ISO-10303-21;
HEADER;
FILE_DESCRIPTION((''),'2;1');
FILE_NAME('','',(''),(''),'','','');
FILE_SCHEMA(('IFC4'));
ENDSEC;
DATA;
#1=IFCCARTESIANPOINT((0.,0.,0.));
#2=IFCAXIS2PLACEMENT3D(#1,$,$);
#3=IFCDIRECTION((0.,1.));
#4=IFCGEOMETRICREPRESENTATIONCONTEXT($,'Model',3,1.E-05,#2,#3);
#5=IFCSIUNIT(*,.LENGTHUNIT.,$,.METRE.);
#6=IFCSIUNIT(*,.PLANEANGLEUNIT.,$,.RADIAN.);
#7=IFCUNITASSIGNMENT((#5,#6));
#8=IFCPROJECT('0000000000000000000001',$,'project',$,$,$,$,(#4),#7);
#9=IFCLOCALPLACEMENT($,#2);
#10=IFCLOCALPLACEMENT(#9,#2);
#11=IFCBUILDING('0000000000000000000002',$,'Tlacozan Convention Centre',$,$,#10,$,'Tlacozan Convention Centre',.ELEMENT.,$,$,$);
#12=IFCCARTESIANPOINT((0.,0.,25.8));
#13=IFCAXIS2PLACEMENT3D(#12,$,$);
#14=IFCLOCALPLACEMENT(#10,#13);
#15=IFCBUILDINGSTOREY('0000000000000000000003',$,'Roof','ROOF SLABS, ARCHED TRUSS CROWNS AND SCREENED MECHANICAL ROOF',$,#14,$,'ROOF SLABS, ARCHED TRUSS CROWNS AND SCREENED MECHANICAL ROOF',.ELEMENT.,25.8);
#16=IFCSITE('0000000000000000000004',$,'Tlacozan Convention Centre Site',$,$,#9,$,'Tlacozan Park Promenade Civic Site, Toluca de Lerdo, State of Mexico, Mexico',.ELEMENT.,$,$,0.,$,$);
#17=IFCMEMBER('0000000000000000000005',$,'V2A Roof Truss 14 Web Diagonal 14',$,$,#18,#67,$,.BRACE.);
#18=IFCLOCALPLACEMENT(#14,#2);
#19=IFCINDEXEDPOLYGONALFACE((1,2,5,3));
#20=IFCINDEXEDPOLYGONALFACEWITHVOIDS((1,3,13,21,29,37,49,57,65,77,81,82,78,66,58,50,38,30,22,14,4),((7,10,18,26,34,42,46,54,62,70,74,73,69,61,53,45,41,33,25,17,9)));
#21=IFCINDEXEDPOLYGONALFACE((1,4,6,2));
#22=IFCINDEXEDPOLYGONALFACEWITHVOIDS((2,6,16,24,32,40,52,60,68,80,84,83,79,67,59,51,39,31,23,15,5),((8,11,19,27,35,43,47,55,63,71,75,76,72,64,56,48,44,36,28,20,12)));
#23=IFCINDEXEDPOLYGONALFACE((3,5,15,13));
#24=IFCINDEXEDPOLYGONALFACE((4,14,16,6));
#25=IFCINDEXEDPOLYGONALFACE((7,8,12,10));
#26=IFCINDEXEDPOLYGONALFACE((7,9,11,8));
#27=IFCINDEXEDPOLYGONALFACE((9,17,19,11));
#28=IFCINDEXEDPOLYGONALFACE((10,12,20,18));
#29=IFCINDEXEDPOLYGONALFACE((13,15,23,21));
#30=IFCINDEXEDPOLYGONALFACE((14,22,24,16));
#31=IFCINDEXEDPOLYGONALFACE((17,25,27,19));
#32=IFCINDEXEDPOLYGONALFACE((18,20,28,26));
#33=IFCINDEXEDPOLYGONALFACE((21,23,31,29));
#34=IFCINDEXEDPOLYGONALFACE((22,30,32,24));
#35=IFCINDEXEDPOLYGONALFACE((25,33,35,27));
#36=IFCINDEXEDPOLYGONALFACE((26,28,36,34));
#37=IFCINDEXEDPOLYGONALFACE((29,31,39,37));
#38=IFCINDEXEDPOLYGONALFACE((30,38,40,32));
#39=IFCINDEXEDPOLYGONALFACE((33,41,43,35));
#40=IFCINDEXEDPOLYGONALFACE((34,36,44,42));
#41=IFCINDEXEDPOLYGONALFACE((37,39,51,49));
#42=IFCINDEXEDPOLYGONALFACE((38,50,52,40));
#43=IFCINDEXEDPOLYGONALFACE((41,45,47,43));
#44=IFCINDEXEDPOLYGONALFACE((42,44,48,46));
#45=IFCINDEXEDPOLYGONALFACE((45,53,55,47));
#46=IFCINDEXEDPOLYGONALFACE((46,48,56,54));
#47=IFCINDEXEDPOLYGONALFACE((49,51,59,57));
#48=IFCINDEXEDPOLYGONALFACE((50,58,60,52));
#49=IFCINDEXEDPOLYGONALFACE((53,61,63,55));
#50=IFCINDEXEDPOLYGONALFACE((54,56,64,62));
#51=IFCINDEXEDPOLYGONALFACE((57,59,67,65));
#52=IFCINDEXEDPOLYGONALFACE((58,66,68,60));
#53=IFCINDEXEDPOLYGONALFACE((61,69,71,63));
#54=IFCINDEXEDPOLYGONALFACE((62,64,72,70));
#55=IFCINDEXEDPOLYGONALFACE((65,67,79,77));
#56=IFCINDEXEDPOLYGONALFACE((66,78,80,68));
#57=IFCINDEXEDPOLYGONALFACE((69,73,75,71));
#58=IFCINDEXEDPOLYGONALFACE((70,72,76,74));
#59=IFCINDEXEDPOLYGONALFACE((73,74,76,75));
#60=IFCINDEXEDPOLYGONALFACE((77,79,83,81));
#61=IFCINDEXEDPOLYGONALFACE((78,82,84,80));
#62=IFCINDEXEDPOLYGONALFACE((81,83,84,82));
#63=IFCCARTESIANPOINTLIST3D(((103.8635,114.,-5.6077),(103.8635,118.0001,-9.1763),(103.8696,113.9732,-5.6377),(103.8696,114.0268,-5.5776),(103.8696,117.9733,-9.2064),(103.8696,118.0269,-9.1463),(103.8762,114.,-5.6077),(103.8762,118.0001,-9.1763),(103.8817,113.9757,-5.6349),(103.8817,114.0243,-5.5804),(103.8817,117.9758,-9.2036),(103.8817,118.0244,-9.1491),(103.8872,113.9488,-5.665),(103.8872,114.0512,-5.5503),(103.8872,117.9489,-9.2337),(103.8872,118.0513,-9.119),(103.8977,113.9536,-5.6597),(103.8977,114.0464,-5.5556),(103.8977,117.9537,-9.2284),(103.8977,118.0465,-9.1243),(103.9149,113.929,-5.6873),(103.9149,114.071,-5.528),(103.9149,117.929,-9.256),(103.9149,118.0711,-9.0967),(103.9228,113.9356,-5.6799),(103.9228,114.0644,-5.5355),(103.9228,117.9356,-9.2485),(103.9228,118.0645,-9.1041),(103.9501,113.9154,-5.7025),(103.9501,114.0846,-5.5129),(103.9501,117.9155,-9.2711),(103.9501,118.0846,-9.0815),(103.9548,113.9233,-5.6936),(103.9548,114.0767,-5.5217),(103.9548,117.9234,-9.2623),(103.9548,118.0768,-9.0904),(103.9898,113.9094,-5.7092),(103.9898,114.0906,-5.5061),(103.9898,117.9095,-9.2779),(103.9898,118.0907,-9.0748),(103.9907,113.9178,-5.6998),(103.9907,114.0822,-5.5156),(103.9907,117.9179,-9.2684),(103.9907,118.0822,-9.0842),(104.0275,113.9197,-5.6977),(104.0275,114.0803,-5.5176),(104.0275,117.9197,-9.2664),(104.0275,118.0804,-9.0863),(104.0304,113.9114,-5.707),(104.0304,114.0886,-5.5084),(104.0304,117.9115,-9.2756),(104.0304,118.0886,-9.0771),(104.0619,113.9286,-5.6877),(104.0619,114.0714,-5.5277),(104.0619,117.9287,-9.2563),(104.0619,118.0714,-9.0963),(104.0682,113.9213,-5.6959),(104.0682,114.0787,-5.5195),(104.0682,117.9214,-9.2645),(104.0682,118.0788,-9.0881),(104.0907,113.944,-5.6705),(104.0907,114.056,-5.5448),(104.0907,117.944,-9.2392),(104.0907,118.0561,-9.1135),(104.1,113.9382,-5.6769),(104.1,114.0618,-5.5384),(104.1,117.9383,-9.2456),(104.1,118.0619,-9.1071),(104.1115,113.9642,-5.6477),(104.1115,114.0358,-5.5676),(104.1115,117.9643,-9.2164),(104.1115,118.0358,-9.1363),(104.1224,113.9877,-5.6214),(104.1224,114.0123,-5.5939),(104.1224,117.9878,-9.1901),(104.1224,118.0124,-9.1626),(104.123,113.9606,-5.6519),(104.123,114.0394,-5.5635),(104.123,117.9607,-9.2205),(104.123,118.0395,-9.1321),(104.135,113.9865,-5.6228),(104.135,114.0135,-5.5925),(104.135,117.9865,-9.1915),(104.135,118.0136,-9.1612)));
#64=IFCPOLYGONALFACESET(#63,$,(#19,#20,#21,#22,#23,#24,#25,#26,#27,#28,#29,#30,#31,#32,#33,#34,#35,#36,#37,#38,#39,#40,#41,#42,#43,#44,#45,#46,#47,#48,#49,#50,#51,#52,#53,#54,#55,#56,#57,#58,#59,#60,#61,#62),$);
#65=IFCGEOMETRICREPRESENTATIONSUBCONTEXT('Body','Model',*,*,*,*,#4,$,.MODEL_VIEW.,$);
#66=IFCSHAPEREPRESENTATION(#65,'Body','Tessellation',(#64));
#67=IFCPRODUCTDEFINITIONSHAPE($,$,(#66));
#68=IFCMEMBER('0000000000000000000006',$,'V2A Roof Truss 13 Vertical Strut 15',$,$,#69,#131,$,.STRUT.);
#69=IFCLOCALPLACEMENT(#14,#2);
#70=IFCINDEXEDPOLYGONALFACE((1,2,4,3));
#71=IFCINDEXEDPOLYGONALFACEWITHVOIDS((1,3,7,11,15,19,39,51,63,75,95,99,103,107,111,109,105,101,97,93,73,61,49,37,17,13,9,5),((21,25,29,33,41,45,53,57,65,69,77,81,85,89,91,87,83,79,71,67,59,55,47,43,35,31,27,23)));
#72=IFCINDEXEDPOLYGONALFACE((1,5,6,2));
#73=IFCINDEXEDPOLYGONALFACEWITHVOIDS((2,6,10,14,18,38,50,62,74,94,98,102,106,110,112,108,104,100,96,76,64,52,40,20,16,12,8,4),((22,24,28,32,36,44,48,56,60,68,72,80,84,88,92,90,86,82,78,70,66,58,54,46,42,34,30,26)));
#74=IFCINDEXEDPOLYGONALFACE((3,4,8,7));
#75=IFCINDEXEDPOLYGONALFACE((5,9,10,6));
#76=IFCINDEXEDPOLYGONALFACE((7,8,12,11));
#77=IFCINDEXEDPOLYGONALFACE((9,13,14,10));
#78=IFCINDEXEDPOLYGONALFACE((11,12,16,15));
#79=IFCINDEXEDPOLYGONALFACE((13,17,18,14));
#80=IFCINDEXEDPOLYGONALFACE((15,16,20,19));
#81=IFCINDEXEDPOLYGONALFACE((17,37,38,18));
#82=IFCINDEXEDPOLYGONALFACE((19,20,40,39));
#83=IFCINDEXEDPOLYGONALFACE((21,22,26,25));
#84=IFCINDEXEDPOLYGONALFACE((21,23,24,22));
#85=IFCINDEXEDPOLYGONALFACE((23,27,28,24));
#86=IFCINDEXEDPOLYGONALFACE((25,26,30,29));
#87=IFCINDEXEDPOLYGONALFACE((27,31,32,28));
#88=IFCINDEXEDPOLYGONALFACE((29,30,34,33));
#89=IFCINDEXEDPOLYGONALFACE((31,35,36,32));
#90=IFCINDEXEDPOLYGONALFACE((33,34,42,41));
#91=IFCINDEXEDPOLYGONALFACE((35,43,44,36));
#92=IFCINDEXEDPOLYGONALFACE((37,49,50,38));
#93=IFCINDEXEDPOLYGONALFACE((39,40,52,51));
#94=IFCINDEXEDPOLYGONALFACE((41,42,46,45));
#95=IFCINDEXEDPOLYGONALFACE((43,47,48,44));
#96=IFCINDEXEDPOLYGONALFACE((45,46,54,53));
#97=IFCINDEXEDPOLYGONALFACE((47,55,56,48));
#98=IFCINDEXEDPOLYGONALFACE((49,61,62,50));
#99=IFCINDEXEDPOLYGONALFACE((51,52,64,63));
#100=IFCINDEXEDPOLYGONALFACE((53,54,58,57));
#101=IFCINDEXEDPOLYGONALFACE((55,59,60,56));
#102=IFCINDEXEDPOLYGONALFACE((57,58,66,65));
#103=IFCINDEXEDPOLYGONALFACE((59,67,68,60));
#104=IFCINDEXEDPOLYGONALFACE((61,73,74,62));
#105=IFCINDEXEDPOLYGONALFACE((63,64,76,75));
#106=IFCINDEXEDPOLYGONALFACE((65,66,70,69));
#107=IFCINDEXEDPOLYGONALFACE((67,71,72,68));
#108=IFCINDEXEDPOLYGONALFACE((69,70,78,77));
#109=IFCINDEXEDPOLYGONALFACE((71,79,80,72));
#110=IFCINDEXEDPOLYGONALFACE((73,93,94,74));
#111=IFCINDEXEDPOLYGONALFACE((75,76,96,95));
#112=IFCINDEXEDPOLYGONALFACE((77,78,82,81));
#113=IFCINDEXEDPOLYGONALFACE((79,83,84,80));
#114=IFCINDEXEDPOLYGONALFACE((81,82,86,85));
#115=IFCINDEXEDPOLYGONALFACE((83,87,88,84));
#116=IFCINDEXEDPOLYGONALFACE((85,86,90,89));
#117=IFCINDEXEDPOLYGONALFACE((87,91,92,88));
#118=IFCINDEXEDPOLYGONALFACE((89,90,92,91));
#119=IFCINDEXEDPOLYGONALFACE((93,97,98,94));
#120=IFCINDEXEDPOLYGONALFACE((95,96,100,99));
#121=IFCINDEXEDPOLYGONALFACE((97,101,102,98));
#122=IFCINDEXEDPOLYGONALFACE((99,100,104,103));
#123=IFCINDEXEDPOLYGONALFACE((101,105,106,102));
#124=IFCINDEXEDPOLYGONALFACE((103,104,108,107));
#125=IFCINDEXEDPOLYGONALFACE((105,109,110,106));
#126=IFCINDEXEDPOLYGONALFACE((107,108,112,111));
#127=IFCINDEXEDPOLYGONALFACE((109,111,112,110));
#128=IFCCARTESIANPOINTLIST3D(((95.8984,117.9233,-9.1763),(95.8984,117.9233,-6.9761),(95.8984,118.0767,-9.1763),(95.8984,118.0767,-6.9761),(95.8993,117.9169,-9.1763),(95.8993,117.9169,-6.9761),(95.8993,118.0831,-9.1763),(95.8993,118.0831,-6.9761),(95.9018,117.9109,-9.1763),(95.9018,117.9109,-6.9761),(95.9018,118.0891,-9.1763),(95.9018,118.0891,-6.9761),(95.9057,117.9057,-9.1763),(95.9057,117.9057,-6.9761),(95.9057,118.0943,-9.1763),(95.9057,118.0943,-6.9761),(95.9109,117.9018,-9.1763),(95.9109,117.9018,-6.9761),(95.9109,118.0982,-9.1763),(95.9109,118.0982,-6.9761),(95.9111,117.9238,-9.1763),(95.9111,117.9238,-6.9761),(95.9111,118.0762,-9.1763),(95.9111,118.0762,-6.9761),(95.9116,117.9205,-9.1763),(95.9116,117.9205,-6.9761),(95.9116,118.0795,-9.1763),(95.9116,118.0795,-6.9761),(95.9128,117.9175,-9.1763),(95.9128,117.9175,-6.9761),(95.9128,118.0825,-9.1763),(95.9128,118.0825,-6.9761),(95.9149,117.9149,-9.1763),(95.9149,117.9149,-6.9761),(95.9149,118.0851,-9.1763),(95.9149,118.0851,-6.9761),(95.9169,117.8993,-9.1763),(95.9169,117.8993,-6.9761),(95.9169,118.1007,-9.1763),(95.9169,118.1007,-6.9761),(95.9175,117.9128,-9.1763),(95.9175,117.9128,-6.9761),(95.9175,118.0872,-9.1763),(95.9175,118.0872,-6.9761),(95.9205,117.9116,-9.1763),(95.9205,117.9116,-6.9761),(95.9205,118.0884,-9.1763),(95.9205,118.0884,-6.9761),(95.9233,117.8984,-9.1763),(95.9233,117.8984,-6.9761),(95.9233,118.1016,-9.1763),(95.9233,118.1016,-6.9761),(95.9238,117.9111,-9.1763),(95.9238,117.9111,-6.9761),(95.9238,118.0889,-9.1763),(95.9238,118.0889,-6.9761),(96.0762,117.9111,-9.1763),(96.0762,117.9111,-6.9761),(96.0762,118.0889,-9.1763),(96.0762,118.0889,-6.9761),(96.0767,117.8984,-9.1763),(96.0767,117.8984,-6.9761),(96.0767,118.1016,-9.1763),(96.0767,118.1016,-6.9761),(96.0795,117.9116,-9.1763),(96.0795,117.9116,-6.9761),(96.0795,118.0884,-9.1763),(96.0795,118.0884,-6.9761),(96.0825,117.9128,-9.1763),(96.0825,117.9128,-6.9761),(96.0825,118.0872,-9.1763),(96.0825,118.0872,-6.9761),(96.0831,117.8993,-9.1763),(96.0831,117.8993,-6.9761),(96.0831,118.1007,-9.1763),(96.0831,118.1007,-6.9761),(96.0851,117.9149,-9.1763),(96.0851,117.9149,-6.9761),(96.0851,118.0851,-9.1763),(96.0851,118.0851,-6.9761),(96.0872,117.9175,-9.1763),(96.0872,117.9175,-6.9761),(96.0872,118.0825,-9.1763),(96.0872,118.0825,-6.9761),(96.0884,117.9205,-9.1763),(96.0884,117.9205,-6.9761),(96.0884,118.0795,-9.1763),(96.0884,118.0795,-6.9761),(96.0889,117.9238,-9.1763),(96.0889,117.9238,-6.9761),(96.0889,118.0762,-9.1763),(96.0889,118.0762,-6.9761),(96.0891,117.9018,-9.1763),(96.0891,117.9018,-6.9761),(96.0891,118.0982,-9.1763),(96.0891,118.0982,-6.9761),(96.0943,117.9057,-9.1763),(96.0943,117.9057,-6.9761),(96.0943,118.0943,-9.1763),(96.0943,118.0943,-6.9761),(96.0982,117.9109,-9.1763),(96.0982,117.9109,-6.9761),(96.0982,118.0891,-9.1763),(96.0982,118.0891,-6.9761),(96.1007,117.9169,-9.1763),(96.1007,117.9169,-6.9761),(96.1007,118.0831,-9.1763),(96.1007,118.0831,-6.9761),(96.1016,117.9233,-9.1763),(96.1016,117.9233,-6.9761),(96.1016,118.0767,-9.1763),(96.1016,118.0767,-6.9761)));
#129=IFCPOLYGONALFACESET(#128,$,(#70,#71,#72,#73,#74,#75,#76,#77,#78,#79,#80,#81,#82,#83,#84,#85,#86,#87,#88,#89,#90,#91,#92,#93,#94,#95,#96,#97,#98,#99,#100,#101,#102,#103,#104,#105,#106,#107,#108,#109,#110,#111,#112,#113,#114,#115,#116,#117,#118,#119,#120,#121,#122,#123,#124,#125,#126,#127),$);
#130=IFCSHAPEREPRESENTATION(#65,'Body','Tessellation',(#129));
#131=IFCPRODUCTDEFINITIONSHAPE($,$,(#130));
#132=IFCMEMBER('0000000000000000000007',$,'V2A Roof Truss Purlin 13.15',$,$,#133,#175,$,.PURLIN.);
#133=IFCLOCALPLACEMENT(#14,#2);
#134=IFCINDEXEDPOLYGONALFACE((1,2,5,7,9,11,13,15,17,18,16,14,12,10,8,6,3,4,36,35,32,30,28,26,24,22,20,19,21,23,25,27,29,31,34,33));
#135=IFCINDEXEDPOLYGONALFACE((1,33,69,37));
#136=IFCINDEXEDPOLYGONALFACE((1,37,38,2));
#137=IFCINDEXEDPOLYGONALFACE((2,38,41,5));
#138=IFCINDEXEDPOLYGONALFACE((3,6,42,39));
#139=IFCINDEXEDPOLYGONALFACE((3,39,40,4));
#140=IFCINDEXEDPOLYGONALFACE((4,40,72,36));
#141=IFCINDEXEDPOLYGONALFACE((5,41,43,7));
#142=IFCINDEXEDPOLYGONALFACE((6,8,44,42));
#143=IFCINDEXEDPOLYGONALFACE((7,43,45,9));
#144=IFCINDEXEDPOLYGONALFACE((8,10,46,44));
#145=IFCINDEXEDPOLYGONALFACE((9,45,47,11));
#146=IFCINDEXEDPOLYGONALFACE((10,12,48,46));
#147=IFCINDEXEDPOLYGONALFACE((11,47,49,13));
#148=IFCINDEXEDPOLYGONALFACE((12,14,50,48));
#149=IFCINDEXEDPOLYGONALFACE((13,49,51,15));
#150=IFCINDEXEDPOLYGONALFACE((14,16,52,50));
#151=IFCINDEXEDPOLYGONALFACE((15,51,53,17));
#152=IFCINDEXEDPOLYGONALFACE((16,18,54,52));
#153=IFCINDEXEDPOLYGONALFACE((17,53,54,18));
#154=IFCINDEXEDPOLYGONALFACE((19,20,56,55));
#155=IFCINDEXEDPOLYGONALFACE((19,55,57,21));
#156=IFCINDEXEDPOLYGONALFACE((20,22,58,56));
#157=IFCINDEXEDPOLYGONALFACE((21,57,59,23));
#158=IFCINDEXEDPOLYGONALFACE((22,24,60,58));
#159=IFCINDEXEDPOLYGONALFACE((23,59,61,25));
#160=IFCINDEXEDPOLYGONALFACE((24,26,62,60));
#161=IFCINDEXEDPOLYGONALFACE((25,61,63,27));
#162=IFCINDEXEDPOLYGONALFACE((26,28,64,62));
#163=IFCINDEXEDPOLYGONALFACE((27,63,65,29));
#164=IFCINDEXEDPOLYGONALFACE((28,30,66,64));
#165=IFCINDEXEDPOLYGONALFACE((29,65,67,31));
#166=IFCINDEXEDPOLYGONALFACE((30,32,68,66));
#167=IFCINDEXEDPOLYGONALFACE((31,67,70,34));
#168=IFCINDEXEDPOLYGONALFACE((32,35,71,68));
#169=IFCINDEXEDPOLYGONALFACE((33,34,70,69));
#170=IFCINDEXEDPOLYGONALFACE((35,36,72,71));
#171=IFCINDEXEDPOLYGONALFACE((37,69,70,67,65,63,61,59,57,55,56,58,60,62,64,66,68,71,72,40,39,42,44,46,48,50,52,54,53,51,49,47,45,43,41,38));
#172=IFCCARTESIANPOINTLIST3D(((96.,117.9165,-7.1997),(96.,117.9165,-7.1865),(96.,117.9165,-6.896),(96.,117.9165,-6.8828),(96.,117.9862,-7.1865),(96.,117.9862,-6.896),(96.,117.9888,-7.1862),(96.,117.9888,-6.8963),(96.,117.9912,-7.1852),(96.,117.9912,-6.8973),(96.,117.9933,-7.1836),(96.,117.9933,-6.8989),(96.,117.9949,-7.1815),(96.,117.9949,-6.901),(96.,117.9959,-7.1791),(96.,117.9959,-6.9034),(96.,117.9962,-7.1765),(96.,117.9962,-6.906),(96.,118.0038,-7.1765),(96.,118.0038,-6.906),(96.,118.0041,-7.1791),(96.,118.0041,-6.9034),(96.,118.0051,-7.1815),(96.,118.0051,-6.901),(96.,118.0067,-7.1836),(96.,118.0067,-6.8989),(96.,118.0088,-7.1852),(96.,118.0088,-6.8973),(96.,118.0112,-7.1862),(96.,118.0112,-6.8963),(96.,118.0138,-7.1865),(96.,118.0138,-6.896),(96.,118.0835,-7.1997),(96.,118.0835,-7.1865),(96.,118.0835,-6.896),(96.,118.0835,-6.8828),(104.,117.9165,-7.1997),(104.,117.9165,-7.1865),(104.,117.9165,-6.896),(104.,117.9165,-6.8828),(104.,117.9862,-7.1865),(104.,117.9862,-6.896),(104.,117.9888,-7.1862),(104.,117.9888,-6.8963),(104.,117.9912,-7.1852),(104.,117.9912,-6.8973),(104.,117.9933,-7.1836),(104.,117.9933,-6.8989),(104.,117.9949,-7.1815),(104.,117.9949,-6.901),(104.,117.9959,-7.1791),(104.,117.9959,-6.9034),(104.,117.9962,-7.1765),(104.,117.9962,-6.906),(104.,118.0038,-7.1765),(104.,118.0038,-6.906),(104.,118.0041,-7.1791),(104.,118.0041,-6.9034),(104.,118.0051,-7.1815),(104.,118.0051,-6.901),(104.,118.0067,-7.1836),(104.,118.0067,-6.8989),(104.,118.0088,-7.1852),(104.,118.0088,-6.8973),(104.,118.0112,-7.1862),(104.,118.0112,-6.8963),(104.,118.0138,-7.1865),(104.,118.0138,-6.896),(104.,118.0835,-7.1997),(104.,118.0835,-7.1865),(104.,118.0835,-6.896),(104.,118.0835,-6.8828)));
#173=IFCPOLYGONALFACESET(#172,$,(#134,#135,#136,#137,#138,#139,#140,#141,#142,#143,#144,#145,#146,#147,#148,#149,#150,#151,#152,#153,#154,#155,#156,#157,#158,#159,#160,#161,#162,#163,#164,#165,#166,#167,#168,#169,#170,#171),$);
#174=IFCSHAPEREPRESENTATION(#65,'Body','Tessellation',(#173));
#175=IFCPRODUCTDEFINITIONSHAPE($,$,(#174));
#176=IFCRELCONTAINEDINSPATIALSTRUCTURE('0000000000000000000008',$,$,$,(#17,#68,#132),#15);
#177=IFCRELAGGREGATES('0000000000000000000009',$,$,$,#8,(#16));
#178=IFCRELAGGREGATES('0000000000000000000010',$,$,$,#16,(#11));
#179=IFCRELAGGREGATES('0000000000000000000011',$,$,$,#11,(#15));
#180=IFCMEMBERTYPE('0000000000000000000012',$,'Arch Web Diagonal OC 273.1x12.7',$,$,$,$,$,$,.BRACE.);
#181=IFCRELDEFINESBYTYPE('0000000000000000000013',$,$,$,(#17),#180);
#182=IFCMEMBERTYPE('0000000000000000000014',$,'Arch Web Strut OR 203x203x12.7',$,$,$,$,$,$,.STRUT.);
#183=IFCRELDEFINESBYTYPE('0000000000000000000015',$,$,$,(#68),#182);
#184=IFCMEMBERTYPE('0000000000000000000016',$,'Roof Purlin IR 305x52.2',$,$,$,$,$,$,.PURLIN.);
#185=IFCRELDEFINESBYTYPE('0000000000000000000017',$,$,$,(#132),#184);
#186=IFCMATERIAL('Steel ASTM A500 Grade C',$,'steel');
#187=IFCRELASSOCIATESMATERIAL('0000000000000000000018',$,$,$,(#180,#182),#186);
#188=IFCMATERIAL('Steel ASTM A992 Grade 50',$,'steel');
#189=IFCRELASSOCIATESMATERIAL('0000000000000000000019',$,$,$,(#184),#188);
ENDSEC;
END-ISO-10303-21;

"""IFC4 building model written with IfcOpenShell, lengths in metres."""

from ifc_helpers import new_model, si_unit, direction, frame, origin, origin_2d, place, context, subcontext, project, spatial, hollow_rectangle, hollow_circle, i_section, extrude, material, material_profile, profile_set, type_object, element, save


model = new_model("IFC4")

# Units and contexts
model_context = context("Model", 3, precision=1e-05, world=origin(), true_north=direction((0.0, 1.0)))
body_context = subcontext(model_context, "Body", "Model", "MODEL_VIEW")
ifc_project = project(units=[si_unit("LENGTHUNIT", "METRE"), si_unit("PLANEANGLEUNIT", "RADIAN")], contexts=[model_context])

# Site, building, storey
site_placement = place(None, origin())
site = spatial("IfcSite", under=ifc_project, at=site_placement, Name="Tlacozan Convention Centre Site", LongName="Tlacozan Park Promenade Civic Site, Toluca de Lerdo, State of Mexico, Mexico", CompositionType="ELEMENT", RefElevation=0.0)
building_placement = place(site_placement, origin())
building = spatial("IfcBuilding", under=site, at=building_placement, Name="Tlacozan Convention Centre", LongName="Tlacozan Convention Centre", CompositionType="ELEMENT")
storey_placement = place(building_placement, frame((0.0, 0.0, 25.8)))
storey = spatial("IfcBuildingStorey", under=building, at=storey_placement, Name="Roof", Description="ROOF SLABS, ARCHED TRUSS CROWNS AND SCREENED MECHANICAL ROOF", LongName="ROOF SLABS, ARCHED TRUSS CROWNS AND SCREENED MECHANICAL ROOF", CompositionType="ELEMENT", Elevation=25.8)

# Members
ifc_material_1 = material(Name="Steel ASTM A500 Grade C", Category="steel")
ifc_material_profile_1 = material_profile(ifc_material_1, hollow_circle(Radius=0.1365, WallThickness=0.0127, at=origin_2d()), Name="OC 273.1x12.7")
ifc_profile_set_1 = profile_set([ifc_material_profile_1], Name="Steel ASTM A500 Grade C")
member_type_1 = type_object("IfcMemberType", Name="Arch Web Diagonal OC 273.1x12.7", PredefinedType="BRACE", material=ifc_profile_set_1)
member_1_placement = place(storey_placement, frame((104.0, 114.0, -5.6077), z_axis=(0.0, 0.746199, -0.665722), x_axis=(-1.0, 0.0, 0.0)))
element("IfcMember", 1, at=member_1_placement, inside=storey, type_object=member_type_1, Name="V2A Roof Truss 14 Web Diagonal 14", PredefinedType="BRACE", context=body_context, shape_type="SweptSolid", body=[
    extrude(hollow_circle(Radius=0.1365, WallThickness=0.0127, at=origin_2d()), origin(), (0.0, 0.0, 1.0), 5.3606),
])
ifc_material_profile_2 = material_profile(ifc_material_1, hollow_rectangle(XDim=0.2031, YDim=0.2031, WallThickness=0.0127, InnerFilletRadius=0.0127, OuterFilletRadius=0.0249, at=origin_2d()), Name="OR 203x203x12.7")
ifc_profile_set_2 = profile_set([ifc_material_profile_2], Name="Steel ASTM A500 Grade C")
member_type_2 = type_object("IfcMemberType", Name="Arch Web Strut OR 203x203x12.7", PredefinedType="STRUT", material=ifc_profile_set_2)
member_2_placement = place(storey_placement, frame((96.0, 118.0, -9.1763), z_axis=(0.0, 0.0, 1.0), x_axis=(1.0, 0.0, 0.0)))
element("IfcMember", 2, at=member_2_placement, inside=storey, type_object=member_type_2, Name="V2A Roof Truss 13 Vertical Strut 15", PredefinedType="STRUT", context=body_context, shape_type="SweptSolid", body=[
    extrude(hollow_rectangle(XDim=0.2031, YDim=0.2031, WallThickness=0.0127, InnerFilletRadius=0.0127, OuterFilletRadius=0.0249, at=origin_2d()), origin(), (0.0, 0.0, 1.0), 2.2002),
])
ifc_material_2 = material(Name="Steel ASTM A992 Grade 50", Category="steel")
ifc_material_profile_3 = material_profile(ifc_material_2, i_section(OverallWidth=0.167, OverallDepth=0.3169, WebThickness=0.0076, FlangeThickness=0.0132, FilletRadius=0.01, at=origin_2d()), Name="IR 305x52.2")
ifc_profile_set_3 = profile_set([ifc_material_profile_3], Name="Steel ASTM A992 Grade 50")
member_type_3 = type_object("IfcMemberType", Name="Roof Purlin IR 305x52.2", PredefinedType="PURLIN", material=ifc_profile_set_3)
member_3_placement = place(storey_placement, frame((96.0, 118.0, -7.0413), z_axis=(1.0, 0.0, 0.0), x_axis=(0.0, 1.0, 0.0)))
element("IfcMember", 3, at=member_3_placement, inside=storey, type_object=member_type_3, Name="V2A Roof Truss Purlin 13.15", PredefinedType="PURLIN", context=body_context, shape_type="SweptSolid", body=[
    extrude(i_section(OverallWidth=0.167, OverallDepth=0.3169, WebThickness=0.0076, FlangeThickness=0.0132, FilletRadius=0.01, at=origin_2d()), origin(), (0.0, 0.0, 1.0), 8.0),
])

save(model, "model.ifc")
